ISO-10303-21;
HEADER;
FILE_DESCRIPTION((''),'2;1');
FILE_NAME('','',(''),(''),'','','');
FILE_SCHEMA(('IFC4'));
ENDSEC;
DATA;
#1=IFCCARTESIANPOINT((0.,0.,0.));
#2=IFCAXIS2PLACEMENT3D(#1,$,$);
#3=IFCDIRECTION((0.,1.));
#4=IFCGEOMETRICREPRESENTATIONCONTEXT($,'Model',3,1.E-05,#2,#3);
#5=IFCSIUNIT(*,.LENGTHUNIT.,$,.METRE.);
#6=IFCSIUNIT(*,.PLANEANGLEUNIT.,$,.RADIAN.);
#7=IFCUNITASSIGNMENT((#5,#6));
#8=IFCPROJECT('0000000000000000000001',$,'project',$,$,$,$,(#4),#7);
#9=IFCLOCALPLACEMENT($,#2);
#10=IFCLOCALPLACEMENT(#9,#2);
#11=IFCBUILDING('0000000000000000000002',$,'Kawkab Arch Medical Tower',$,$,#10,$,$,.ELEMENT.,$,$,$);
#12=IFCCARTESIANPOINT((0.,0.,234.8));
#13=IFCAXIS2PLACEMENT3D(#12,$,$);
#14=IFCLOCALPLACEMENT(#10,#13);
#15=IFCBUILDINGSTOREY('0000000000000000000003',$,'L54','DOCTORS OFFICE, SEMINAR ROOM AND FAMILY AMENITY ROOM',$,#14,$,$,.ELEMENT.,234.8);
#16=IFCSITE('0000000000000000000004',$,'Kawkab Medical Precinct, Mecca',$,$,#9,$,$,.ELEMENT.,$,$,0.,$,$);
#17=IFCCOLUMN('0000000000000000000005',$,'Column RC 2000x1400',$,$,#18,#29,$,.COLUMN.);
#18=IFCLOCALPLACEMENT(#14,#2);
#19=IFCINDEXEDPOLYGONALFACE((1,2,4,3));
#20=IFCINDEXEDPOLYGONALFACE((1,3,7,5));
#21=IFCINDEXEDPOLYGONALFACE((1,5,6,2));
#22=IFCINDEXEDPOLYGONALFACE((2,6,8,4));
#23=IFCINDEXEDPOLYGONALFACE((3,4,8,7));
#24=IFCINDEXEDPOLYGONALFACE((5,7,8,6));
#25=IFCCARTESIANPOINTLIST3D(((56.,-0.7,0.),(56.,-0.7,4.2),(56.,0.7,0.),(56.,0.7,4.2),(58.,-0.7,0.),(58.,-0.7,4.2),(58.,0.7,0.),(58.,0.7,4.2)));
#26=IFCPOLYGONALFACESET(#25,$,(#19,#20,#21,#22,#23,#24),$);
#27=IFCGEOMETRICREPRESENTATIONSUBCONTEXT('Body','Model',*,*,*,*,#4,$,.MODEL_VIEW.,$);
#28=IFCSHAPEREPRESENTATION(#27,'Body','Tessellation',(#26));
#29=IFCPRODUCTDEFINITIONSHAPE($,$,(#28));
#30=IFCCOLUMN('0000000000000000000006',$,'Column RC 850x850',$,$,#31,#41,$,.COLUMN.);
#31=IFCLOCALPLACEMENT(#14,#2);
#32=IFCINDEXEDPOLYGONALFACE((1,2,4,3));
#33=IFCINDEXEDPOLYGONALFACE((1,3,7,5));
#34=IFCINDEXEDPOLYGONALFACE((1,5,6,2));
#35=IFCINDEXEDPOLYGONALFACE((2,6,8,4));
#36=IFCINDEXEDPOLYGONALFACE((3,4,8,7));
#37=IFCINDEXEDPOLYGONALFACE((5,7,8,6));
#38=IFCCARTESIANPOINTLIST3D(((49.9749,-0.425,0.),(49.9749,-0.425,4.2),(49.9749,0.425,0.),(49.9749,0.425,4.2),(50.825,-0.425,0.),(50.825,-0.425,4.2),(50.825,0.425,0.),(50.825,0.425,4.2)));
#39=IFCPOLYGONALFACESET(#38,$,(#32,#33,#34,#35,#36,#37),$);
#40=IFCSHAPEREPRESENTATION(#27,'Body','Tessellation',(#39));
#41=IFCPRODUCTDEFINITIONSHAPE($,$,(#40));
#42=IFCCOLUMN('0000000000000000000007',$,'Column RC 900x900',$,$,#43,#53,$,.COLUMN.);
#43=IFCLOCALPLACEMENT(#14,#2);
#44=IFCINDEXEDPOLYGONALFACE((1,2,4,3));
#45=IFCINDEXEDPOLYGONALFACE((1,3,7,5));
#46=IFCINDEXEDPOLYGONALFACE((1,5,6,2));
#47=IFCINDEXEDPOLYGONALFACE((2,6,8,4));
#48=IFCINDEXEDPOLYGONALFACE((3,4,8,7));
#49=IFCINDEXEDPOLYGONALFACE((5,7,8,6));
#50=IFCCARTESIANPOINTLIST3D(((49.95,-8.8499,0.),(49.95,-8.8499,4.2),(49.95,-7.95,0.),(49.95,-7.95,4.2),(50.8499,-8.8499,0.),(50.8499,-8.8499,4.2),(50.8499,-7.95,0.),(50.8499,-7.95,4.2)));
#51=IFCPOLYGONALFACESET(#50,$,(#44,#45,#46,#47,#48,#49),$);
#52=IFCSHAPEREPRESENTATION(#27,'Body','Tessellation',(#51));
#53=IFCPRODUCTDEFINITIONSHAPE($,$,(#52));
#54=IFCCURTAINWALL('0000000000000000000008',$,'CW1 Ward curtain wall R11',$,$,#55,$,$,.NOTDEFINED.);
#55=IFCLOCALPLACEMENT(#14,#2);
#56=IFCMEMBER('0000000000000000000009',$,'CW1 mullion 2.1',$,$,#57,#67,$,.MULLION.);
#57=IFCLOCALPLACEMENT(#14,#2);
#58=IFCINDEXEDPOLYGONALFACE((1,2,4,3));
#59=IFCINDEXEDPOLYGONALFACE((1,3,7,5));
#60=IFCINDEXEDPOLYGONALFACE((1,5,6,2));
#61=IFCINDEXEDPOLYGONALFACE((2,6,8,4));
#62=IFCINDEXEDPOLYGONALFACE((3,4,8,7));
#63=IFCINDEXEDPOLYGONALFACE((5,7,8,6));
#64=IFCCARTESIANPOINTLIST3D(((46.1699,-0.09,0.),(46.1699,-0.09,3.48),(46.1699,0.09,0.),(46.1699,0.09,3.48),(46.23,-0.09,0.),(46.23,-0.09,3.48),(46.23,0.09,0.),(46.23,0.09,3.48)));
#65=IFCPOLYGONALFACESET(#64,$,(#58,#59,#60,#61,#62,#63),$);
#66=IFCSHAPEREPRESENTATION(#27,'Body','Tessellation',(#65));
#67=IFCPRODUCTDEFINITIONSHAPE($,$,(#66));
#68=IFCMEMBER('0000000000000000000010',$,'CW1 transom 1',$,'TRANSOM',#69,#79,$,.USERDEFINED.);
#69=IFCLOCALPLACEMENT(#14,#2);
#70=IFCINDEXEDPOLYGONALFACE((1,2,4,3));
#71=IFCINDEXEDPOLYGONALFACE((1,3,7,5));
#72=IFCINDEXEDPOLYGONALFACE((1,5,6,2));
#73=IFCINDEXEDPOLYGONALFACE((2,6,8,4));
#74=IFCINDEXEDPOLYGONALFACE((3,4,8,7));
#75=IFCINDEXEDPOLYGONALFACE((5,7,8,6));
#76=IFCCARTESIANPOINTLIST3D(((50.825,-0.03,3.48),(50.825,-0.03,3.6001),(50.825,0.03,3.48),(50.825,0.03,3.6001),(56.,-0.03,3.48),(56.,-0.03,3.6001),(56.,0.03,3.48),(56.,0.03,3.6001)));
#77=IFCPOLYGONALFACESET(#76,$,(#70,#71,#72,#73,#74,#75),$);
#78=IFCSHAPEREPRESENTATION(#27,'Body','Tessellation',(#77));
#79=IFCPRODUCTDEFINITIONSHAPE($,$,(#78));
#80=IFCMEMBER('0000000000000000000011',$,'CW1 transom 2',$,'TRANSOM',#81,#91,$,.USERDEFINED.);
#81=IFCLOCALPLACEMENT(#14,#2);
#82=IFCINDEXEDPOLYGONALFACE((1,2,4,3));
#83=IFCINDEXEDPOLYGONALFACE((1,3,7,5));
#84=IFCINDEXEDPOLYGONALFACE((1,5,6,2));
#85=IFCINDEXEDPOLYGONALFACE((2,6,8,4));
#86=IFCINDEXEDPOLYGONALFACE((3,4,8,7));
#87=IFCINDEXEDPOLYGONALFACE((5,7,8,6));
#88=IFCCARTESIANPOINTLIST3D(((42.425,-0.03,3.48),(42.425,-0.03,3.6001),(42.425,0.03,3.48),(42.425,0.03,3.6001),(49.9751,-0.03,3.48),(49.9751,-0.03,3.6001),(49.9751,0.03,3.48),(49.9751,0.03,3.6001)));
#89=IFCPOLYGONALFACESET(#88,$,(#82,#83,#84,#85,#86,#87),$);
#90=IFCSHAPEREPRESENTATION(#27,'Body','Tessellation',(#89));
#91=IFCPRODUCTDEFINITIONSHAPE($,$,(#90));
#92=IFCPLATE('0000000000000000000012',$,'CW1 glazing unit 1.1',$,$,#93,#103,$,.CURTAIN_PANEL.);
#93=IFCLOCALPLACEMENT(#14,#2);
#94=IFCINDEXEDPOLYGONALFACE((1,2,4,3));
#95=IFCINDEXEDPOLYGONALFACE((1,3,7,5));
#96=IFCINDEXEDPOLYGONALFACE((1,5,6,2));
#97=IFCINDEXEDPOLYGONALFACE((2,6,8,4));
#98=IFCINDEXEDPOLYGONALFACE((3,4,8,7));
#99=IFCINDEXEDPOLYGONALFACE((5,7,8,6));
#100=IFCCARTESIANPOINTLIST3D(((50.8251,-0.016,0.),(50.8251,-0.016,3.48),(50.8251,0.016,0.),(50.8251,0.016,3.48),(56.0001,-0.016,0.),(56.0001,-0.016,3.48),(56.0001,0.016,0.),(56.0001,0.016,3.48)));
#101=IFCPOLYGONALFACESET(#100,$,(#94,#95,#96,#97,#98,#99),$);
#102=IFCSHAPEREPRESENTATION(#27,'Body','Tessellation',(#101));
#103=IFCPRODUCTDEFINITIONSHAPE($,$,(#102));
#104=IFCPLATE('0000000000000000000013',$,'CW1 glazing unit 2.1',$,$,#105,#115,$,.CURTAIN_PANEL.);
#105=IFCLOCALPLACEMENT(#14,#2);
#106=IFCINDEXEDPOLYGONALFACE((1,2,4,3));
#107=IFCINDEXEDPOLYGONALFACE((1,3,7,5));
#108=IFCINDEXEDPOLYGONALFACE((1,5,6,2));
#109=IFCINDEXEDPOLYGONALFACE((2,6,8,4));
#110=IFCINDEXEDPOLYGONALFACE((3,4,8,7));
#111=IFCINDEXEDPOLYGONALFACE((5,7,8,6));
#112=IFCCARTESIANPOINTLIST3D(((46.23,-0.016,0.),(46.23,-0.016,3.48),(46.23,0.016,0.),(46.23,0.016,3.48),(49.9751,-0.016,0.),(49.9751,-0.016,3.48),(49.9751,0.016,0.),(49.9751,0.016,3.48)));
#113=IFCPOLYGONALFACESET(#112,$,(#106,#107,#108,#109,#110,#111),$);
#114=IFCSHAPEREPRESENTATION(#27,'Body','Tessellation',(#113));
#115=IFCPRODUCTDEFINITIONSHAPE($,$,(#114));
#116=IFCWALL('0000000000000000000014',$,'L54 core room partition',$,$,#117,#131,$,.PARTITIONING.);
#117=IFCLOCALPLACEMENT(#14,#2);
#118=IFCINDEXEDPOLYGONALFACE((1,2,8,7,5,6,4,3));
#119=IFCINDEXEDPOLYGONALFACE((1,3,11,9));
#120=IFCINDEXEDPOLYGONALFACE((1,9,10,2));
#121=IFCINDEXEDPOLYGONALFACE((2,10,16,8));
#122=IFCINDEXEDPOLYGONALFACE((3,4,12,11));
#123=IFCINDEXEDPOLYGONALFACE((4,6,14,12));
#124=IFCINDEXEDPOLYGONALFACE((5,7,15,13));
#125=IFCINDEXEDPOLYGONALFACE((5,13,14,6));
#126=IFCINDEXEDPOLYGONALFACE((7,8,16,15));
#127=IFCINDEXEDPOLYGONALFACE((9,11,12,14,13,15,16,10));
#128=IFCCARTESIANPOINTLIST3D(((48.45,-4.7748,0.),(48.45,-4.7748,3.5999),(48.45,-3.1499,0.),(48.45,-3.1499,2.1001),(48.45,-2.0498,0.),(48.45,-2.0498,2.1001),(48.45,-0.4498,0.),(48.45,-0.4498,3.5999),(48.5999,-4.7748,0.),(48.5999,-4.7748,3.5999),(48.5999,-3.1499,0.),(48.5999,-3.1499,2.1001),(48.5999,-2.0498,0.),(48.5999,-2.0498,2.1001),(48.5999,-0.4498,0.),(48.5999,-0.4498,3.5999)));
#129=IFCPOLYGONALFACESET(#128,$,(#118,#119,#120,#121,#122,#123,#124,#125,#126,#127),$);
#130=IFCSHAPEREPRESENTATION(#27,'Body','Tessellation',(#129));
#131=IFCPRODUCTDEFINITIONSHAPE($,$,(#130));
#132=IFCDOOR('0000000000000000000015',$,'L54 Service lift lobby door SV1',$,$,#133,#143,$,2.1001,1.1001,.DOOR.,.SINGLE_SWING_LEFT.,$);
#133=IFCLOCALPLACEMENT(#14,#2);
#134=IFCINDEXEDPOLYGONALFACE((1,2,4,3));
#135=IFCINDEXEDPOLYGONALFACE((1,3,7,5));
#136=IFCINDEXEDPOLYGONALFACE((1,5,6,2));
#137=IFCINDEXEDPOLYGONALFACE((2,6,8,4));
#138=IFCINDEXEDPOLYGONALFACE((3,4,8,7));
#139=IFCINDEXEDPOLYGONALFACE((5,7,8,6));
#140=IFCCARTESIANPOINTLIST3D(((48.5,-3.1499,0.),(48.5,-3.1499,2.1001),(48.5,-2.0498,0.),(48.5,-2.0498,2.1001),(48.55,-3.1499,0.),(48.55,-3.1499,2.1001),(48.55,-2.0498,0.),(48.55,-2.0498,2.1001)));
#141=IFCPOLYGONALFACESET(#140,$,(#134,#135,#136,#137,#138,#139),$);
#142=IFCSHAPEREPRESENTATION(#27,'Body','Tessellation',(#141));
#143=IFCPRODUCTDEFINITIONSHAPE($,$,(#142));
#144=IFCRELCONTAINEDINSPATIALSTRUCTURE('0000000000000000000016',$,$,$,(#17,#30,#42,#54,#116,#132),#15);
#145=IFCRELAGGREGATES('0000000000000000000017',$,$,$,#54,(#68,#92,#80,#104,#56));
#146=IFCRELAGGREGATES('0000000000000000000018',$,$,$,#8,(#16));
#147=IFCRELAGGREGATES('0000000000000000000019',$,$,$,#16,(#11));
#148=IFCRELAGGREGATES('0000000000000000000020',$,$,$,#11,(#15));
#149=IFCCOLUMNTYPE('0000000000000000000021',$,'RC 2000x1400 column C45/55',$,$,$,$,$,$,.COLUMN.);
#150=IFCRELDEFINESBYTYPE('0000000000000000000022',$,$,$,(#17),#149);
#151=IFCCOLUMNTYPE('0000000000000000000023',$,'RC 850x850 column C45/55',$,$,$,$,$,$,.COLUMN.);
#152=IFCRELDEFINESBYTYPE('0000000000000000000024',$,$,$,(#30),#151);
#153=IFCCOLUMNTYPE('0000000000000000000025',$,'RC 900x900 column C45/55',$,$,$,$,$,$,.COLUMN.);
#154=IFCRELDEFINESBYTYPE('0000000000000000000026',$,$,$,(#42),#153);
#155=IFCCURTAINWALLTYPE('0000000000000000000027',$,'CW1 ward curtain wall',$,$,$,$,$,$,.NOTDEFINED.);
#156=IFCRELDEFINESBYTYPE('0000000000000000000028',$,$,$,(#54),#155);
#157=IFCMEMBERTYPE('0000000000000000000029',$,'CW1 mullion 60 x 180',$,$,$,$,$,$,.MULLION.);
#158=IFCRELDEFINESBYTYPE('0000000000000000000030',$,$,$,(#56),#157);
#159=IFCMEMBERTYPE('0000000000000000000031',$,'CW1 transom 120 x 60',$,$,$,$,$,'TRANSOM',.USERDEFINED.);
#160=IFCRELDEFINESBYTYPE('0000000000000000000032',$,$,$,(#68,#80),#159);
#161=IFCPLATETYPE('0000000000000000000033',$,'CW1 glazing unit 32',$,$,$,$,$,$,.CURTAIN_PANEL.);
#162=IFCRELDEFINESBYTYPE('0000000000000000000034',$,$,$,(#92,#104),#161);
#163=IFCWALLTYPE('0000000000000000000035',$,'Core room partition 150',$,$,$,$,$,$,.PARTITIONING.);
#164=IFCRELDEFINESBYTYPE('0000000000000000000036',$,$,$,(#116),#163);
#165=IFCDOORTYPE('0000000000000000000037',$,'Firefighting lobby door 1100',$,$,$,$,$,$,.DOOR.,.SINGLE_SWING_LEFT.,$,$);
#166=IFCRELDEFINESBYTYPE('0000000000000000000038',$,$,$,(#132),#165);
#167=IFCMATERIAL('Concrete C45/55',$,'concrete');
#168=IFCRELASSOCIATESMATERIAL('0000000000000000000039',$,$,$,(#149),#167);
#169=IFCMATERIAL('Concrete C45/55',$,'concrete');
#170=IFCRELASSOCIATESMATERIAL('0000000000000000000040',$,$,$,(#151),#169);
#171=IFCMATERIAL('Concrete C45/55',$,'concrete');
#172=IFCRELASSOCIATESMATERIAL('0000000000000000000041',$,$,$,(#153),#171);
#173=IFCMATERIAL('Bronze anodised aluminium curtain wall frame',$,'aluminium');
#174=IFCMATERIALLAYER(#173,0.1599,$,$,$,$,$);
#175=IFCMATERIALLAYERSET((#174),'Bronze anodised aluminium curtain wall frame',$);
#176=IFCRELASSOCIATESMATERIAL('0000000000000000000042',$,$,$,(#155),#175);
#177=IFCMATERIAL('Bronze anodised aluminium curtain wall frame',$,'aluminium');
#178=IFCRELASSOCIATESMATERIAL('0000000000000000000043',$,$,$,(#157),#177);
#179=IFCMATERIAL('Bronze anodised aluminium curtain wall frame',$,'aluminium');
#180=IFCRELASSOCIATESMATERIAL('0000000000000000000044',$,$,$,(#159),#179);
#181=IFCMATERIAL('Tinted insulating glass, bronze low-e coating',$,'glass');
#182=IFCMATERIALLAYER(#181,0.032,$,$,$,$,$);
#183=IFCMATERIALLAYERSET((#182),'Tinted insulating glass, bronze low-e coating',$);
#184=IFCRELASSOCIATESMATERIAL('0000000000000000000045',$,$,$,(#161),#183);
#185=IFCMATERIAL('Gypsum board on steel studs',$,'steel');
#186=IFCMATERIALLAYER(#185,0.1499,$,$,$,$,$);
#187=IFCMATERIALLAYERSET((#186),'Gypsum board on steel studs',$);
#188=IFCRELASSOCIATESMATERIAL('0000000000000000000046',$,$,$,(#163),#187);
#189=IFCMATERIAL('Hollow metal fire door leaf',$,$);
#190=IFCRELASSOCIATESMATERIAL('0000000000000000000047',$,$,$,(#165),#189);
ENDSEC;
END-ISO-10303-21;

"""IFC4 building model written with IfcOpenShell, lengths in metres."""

from ifc_helpers import new_model, si_unit, direction, frame, frame_2d, origin, origin_2d, place, context, subcontext, project, spatial, rectangle, extrude, material, layer, layer_set, material_profile, profile_set, type_object, element, fill, aggregate, save


model = new_model("IFC4")

# Units and contexts
model_context = context("Model", 3, precision=1e-05, world=origin(), true_north=direction((0.0, 1.0)))
body_context = subcontext(model_context, "Body", "Model", "MODEL_VIEW")
ifc_project = project(units=[si_unit("LENGTHUNIT", "METRE"), si_unit("PLANEANGLEUNIT", "RADIAN")], contexts=[model_context])

# Site, building, storey
site_placement = place(None, origin())
site = spatial("IfcSite", under=ifc_project, at=site_placement, Name="Kawkab Medical Precinct, Mecca", CompositionType="ELEMENT", RefElevation=0.0)
building_placement = place(site_placement, origin())
building = spatial("IfcBuilding", under=site, at=building_placement, Name="Kawkab Arch Medical Tower", CompositionType="ELEMENT")
storey_placement = place(building_placement, frame((0.0, 0.0, 234.8)))
storey = spatial("IfcBuildingStorey", under=building, at=storey_placement, Name="L54", Description="DOCTORS OFFICE, SEMINAR ROOM AND FAMILY AMENITY ROOM", CompositionType="ELEMENT", Elevation=234.8)

# Columns
ifc_material_1 = material(Name="Concrete C45/55", Category="concrete")
ifc_material_profile_1 = material_profile(ifc_material_1, rectangle(XDim=2.0, YDim=1.3999, at=origin_2d()), Name="RC 2000x1400")
ifc_profile_set_1 = profile_set([ifc_material_profile_1], Name="Concrete C45/55")
column_type_1 = type_object("IfcColumnType", Name="RC 2000x1400 column C45/55", PredefinedType="COLUMN", material=ifc_profile_set_1)
column_1_placement = place(storey_placement, frame((57.0, 0.0, 0.0), z_axis=(0.0, 0.0, 1.0), x_axis=(1.0, 0.0, 0.0)))
element("IfcColumn", 1, at=column_1_placement, inside=storey, type_object=column_type_1, Name="Column RC 2000x1400", PredefinedType="COLUMN", context=body_context, shape_type="SweptSolid", body=[
    extrude(rectangle(XDim=2.0, YDim=1.3999, at=origin_2d()), origin(), (0.0, 0.0, 1.0), 4.2),
])
ifc_material_2 = material(Name="Concrete C45/55", Category="concrete")
ifc_material_profile_2 = material_profile(ifc_material_2, rectangle(XDim=0.8501, YDim=0.8501, at=origin_2d()), Name="RC 850x850")
ifc_profile_set_2 = profile_set([ifc_material_profile_2], Name="Concrete C45/55")
column_type_2 = type_object("IfcColumnType", Name="RC 850x850 column C45/55", PredefinedType="COLUMN", material=ifc_profile_set_2)
column_2_placement = place(storey_placement, frame((50.3999, 0.0, 0.0), z_axis=(0.0, 0.0, 1.0), x_axis=(1.0, 0.0, 0.0)))
element("IfcColumn", 2, at=column_2_placement, inside=storey, type_object=column_type_2, Name="Column RC 850x850", PredefinedType="COLUMN", context=body_context, shape_type="SweptSolid", body=[
    extrude(rectangle(XDim=0.8501, YDim=0.8501, at=origin_2d()), origin(), (0.0, 0.0, 1.0), 4.2),
])
ifc_material_3 = material(Name="Concrete C45/55", Category="concrete")
ifc_material_profile_3 = material_profile(ifc_material_3, rectangle(XDim=0.8999, YDim=0.8999, at=origin_2d()), Name="RC 900x900")
ifc_profile_set_3 = profile_set([ifc_material_profile_3], Name="Concrete C45/55")
column_type_3 = type_object("IfcColumnType", Name="RC 900x900 column C45/55", PredefinedType="COLUMN", material=ifc_profile_set_3)
column_3_placement = place(storey_placement, frame((50.3999, -8.3999, 0.0), z_axis=(0.0, 0.0, 1.0), x_axis=(1.0, 0.0, 0.0)))
element("IfcColumn", 3, at=column_3_placement, inside=storey, type_object=column_type_3, Name="Column RC 900x900", PredefinedType="COLUMN", context=body_context, shape_type="SweptSolid", body=[
    extrude(rectangle(XDim=0.8999, YDim=0.8999, at=origin_2d()), origin(), (0.0, 0.0, 1.0), 4.2),
])

# Curtain wall, members, plates
ifc_material_4 = material(Name="Bronze anodised aluminium curtain wall frame", Category="aluminium")
ifc_layer_1 = layer(ifc_material_4, 0.1599)
ifc_layer_set_1 = layer_set([ifc_layer_1], Name="Bronze anodised aluminium curtain wall frame")
curtain_wall_type = type_object("IfcCurtainWallType", Name="CW1 ward curtain wall", PredefinedType="NOTDEFINED", material=ifc_layer_set_1)
placement = place(storey_placement, origin())
curtain_wall = element("IfcCurtainWall", 4, at=placement, inside=storey, type_object=curtain_wall_type, Name="CW1 Ward curtain wall R11", PredefinedType="NOTDEFINED")
ifc_material_5 = material(Name="Bronze anodised aluminium curtain wall frame", Category="aluminium")
ifc_material_profile_4 = material_profile(ifc_material_5, rectangle(XDim=0.1799, YDim=0.0601, at=origin_2d()), Name="AL 60x180")
ifc_profile_set_4 = profile_set([ifc_material_profile_4], Name="Bronze anodised aluminium curtain wall frame")
member_type_1 = type_object("IfcMemberType", Name="CW1 mullion 60 x 180", PredefinedType="MULLION", material=ifc_profile_set_4)
member_1_placement = place(storey_placement, frame((46.2, 0.0, 0.0), z_axis=(0.0, 0.0, 1.0), x_axis=(0.0, -1.0, 0.0)))
member_1 = element("IfcMember", 5, at=member_1_placement, type_object=member_type_1, Name="CW1 mullion 2.1", PredefinedType="MULLION", context=body_context, shape_type="SweptSolid", body=[
    extrude(rectangle(XDim=0.1799, YDim=0.0601, at=origin_2d()), origin(), (0.0, 0.0, 1.0), 3.48),
])
ifc_material_6 = material(Name="Bronze anodised aluminium curtain wall frame", Category="aluminium")
ifc_material_profile_5 = material_profile(ifc_material_6, rectangle(XDim=0.0601, YDim=0.1201, at=origin_2d()), Name="AL 60x120")
ifc_profile_set_5 = profile_set([ifc_material_profile_5], Name="Bronze anodised aluminium curtain wall frame")
member_type_2 = type_object("IfcMemberType", Name="CW1 transom 120 x 60", ElementType="TRANSOM", PredefinedType="USERDEFINED", material=ifc_profile_set_5)
member_2_placement = place(storey_placement, frame((56.0, 0.0, 3.54), z_axis=(-1.0, 0.0, 0.0), x_axis=(0.0, -1.0, 0.0)))
member_2 = element("IfcMember", 6, at=member_2_placement, type_object=member_type_2, Name="CW1 transom 1", ObjectType="TRANSOM", PredefinedType="USERDEFINED", context=body_context, shape_type="SweptSolid", body=[
    extrude(rectangle(XDim=0.0601, YDim=0.1201, at=origin_2d()), origin(), (0.0, 0.0, 1.0), 5.175),
])
member_3_placement = place(storey_placement, frame((49.9751, 0.0, 3.54), z_axis=(-1.0, 0.0, 0.0), x_axis=(0.0, -1.0, 0.0)))
member_3 = element("IfcMember", 7, at=member_3_placement, type_object=member_type_2, Name="CW1 transom 2", ObjectType="TRANSOM", PredefinedType="USERDEFINED", context=body_context, shape_type="SweptSolid", body=[
    extrude(rectangle(XDim=0.0601, YDim=0.1201, at=origin_2d()), origin(), (0.0, 0.0, 1.0), 7.55),
])
ifc_material_7 = material(Name="Tinted insulating glass, bronze low-e coating", Category="glass")
ifc_layer_2 = layer(ifc_material_7, 0.032)
ifc_layer_set_2 = layer_set([ifc_layer_2], Name="Tinted insulating glass, bronze low-e coating")
plate_type = type_object("IfcPlateType", Name="CW1 glazing unit 32", PredefinedType="CURTAIN_PANEL", material=ifc_layer_set_2)
plate_1_placement = place(storey_placement, frame((53.4126, 0.0, 0.0), z_axis=(0.0, 0.0, 1.0), x_axis=(-1.0, 0.0, 0.0)))
plate_1 = element("IfcPlate", 8, at=plate_1_placement, type_object=plate_type, Name="CW1 glazing unit 1.1", PredefinedType="CURTAIN_PANEL", context=body_context, shape_type="SweptSolid", body=[
    extrude(rectangle(XDim=5.175, YDim=0.032, at=origin_2d()), origin(), (0.0, 0.0, 1.0), 3.48),
])
plate_2_placement = place(storey_placement, frame((48.1025, 0.0, 0.0), z_axis=(0.0, 0.0, 1.0), x_axis=(-1.0, 0.0, 0.0)))
plate_2 = element("IfcPlate", 9, at=plate_2_placement, type_object=plate_type, Name="CW1 glazing unit 2.1", PredefinedType="CURTAIN_PANEL", context=body_context, shape_type="SweptSolid", body=[
    extrude(rectangle(XDim=3.7451, YDim=0.032, at=origin_2d()), origin(), (0.0, 0.0, 1.0), 3.48),
])
aggregate(curtain_wall, [member_2, plate_1, member_3, plate_2, member_1])

# Wall, opening, door
ifc_material_8 = material(Name="Gypsum board on steel studs", Category="steel")
ifc_layer_3 = layer(ifc_material_8, 0.1499)
ifc_layer_set_3 = layer_set([ifc_layer_3], Name="Gypsum board on steel studs")
wall_type_1 = type_object("IfcWallType", Name="Core room partition 150", PredefinedType="PARTITIONING", material=ifc_layer_set_3)
wall_1_placement = place(storey_placement, frame((48.5249, -4.7749, 0.0), z_axis=(0.0, 0.0, 1.0), x_axis=(0.0, 1.0, 0.0)))
wall_1 = element("IfcWall", 10, at=wall_1_placement, inside=storey, type_object=wall_type_1, Name="L54 core room partition", PredefinedType="PARTITIONING", context=body_context, shape_type="SweptSolid", body=[
    extrude(rectangle(XDim=4.325, YDim=0.1499, at=frame_2d((2.1626, 0.0))), origin(), (0.0, 0.0, 1.0), 3.5999),
])
opening_1_placement = place(wall_1_placement, frame((1.625, 0.0, 0.0)))
opening_1 = element("IfcOpeningElement", 11, at=opening_1_placement, cuts=wall_1, PredefinedType="OPENING", context=body_context, shape_type="SweptSolid", body=[
    extrude(rectangle(XDim=1.1001, YDim=2.1001, at=frame_2d((0.55, 1.05))), frame((0.0, 0.085, 0.0), z_axis=(0.0, -1.0, 0.0), x_axis=(1.0, 0.0, 0.0)), (0.0, 0.0, 1.0), 0.1699),
])
ifc_material_9 = material(Name="Hollow metal fire door leaf")
door_type_1 = type_object("IfcDoorType", Name="Firefighting lobby door 1100", OperationType="SINGLE_SWING_LEFT", PredefinedType="DOOR", material=ifc_material_9)
door_1_placement = place(opening_1_placement, origin())
door_1 = element("IfcDoor", 12, at=door_1_placement, inside=storey, type_object=door_type_1, Name="L54 Service lift lobby door SV1", OperationType="SINGLE_SWING_LEFT", OverallHeight=2.1001, OverallWidth=1.1001, PredefinedType="DOOR", context=body_context, shape_type="SweptSolid", body=[
    extrude(rectangle(XDim=1.1001, YDim=2.1001, at=frame_2d((0.55, 1.05))), frame((0.0, 0.0249, 0.0), z_axis=(0.0, -1.0, 0.0), x_axis=(1.0, 0.0, 0.0)), (0.0, 0.0, 1.0), 0.05),
])
fill(opening_1, door_1)

save(model, "model.ifc")
